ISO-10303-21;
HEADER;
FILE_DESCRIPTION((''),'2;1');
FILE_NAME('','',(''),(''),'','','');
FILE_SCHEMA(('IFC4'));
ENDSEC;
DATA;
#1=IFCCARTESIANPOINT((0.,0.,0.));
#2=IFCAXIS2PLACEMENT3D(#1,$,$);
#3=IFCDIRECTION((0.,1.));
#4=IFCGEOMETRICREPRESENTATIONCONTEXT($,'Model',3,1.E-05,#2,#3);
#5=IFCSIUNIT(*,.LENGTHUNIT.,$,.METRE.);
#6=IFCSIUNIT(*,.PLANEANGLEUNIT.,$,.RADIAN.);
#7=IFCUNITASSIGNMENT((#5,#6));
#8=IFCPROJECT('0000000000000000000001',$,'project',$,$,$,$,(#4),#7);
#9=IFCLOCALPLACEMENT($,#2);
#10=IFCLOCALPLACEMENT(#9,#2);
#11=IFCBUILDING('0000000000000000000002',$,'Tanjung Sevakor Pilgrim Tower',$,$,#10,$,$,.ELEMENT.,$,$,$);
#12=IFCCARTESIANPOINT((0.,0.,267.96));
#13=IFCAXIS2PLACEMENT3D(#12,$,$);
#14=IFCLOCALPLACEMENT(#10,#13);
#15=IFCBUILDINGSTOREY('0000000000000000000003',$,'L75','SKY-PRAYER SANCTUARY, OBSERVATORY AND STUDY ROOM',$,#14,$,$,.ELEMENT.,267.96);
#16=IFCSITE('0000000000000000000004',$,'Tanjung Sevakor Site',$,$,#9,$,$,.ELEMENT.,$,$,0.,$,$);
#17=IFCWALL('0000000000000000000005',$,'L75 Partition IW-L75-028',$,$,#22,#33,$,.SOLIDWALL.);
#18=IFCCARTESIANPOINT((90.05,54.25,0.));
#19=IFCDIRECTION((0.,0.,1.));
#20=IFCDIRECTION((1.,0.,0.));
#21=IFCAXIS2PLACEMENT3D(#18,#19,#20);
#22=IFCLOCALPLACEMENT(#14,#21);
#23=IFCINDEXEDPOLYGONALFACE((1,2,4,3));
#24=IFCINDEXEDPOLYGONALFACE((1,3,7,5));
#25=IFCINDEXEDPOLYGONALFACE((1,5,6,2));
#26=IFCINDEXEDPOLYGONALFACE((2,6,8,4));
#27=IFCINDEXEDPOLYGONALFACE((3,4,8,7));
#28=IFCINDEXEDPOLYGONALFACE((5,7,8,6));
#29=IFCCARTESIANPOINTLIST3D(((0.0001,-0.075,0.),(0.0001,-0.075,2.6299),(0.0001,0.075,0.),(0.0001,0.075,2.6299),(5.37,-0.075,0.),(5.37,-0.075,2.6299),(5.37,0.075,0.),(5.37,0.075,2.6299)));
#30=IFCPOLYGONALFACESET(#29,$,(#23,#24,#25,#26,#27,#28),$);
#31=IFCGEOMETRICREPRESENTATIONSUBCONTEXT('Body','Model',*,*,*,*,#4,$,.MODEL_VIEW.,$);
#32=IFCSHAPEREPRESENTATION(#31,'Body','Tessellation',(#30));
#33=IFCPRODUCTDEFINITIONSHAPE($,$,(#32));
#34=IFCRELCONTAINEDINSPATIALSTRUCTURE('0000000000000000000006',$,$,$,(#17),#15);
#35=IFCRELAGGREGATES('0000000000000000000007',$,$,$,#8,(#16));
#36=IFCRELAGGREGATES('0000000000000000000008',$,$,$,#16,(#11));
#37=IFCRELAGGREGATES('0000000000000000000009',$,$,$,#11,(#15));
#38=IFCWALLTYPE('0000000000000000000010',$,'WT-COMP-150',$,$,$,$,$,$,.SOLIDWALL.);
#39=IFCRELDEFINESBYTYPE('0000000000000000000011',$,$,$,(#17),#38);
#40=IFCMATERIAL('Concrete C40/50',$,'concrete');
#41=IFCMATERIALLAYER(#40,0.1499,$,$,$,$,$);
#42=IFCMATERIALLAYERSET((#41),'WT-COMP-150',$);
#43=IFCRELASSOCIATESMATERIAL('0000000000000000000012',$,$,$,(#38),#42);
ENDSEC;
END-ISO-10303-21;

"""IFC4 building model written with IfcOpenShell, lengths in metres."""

from ifc_helpers import new_model, si_unit, direction, frame, frame_2d, origin, place, context, subcontext, project, spatial, rectangle, extrude, material, layer, layer_set, type_object, element, save


model = new_model("IFC4")

# Units and contexts
model_context = context("Model", 3, precision=1e-05, world=origin(), true_north=direction((0.0, 1.0)))
body_context = subcontext(model_context, "Body", "Model", "MODEL_VIEW")
ifc_project = project(units=[si_unit("LENGTHUNIT", "METRE"), si_unit("PLANEANGLEUNIT", "RADIAN")], contexts=[model_context])

# Site, building, storey
site_placement = place(None, origin())
site = spatial("IfcSite", under=ifc_project, at=site_placement, Name="Tanjung Sevakor Site", CompositionType="ELEMENT", RefElevation=0.0)
building_placement = place(site_placement, origin())
building = spatial("IfcBuilding", under=site, at=building_placement, Name="Tanjung Sevakor Pilgrim Tower", CompositionType="ELEMENT")
storey_placement = place(building_placement, frame((0.0, 0.0, 267.96)))
storey = spatial("IfcBuildingStorey", under=building, at=storey_placement, Name="L75", Description="SKY-PRAYER SANCTUARY, OBSERVATORY AND STUDY ROOM", CompositionType="ELEMENT", Elevation=267.96)

# Wall
ifc_material_1 = material(Name="Concrete C40/50", Category="concrete")
ifc_layer_1 = layer(ifc_material_1, 0.1499)
ifc_layer_set_1 = layer_set([ifc_layer_1], Name="WT-COMP-150")
wall_type_1 = type_object("IfcWallType", Name="WT-COMP-150", PredefinedType="SOLIDWALL", material=ifc_layer_set_1)
wall_placement = place(storey_placement, frame((90.05, 54.25, 0.0), z_axis=(0.0, 0.0, 1.0), x_axis=(1.0, 0.0, 0.0)))
element("IfcWall", 1, at=wall_placement, inside=storey, type_object=wall_type_1, Name="L75 Partition IW-L75-028", PredefinedType="SOLIDWALL", context=body_context, shape_type="SweptSolid", body=[
    extrude(rectangle(XDim=5.3699, YDim=0.1499, at=frame_2d((2.6851, 0.0))), origin(), (0.0, 0.0, 1.0), 2.6299),
])

save(model, "model.ifc")
